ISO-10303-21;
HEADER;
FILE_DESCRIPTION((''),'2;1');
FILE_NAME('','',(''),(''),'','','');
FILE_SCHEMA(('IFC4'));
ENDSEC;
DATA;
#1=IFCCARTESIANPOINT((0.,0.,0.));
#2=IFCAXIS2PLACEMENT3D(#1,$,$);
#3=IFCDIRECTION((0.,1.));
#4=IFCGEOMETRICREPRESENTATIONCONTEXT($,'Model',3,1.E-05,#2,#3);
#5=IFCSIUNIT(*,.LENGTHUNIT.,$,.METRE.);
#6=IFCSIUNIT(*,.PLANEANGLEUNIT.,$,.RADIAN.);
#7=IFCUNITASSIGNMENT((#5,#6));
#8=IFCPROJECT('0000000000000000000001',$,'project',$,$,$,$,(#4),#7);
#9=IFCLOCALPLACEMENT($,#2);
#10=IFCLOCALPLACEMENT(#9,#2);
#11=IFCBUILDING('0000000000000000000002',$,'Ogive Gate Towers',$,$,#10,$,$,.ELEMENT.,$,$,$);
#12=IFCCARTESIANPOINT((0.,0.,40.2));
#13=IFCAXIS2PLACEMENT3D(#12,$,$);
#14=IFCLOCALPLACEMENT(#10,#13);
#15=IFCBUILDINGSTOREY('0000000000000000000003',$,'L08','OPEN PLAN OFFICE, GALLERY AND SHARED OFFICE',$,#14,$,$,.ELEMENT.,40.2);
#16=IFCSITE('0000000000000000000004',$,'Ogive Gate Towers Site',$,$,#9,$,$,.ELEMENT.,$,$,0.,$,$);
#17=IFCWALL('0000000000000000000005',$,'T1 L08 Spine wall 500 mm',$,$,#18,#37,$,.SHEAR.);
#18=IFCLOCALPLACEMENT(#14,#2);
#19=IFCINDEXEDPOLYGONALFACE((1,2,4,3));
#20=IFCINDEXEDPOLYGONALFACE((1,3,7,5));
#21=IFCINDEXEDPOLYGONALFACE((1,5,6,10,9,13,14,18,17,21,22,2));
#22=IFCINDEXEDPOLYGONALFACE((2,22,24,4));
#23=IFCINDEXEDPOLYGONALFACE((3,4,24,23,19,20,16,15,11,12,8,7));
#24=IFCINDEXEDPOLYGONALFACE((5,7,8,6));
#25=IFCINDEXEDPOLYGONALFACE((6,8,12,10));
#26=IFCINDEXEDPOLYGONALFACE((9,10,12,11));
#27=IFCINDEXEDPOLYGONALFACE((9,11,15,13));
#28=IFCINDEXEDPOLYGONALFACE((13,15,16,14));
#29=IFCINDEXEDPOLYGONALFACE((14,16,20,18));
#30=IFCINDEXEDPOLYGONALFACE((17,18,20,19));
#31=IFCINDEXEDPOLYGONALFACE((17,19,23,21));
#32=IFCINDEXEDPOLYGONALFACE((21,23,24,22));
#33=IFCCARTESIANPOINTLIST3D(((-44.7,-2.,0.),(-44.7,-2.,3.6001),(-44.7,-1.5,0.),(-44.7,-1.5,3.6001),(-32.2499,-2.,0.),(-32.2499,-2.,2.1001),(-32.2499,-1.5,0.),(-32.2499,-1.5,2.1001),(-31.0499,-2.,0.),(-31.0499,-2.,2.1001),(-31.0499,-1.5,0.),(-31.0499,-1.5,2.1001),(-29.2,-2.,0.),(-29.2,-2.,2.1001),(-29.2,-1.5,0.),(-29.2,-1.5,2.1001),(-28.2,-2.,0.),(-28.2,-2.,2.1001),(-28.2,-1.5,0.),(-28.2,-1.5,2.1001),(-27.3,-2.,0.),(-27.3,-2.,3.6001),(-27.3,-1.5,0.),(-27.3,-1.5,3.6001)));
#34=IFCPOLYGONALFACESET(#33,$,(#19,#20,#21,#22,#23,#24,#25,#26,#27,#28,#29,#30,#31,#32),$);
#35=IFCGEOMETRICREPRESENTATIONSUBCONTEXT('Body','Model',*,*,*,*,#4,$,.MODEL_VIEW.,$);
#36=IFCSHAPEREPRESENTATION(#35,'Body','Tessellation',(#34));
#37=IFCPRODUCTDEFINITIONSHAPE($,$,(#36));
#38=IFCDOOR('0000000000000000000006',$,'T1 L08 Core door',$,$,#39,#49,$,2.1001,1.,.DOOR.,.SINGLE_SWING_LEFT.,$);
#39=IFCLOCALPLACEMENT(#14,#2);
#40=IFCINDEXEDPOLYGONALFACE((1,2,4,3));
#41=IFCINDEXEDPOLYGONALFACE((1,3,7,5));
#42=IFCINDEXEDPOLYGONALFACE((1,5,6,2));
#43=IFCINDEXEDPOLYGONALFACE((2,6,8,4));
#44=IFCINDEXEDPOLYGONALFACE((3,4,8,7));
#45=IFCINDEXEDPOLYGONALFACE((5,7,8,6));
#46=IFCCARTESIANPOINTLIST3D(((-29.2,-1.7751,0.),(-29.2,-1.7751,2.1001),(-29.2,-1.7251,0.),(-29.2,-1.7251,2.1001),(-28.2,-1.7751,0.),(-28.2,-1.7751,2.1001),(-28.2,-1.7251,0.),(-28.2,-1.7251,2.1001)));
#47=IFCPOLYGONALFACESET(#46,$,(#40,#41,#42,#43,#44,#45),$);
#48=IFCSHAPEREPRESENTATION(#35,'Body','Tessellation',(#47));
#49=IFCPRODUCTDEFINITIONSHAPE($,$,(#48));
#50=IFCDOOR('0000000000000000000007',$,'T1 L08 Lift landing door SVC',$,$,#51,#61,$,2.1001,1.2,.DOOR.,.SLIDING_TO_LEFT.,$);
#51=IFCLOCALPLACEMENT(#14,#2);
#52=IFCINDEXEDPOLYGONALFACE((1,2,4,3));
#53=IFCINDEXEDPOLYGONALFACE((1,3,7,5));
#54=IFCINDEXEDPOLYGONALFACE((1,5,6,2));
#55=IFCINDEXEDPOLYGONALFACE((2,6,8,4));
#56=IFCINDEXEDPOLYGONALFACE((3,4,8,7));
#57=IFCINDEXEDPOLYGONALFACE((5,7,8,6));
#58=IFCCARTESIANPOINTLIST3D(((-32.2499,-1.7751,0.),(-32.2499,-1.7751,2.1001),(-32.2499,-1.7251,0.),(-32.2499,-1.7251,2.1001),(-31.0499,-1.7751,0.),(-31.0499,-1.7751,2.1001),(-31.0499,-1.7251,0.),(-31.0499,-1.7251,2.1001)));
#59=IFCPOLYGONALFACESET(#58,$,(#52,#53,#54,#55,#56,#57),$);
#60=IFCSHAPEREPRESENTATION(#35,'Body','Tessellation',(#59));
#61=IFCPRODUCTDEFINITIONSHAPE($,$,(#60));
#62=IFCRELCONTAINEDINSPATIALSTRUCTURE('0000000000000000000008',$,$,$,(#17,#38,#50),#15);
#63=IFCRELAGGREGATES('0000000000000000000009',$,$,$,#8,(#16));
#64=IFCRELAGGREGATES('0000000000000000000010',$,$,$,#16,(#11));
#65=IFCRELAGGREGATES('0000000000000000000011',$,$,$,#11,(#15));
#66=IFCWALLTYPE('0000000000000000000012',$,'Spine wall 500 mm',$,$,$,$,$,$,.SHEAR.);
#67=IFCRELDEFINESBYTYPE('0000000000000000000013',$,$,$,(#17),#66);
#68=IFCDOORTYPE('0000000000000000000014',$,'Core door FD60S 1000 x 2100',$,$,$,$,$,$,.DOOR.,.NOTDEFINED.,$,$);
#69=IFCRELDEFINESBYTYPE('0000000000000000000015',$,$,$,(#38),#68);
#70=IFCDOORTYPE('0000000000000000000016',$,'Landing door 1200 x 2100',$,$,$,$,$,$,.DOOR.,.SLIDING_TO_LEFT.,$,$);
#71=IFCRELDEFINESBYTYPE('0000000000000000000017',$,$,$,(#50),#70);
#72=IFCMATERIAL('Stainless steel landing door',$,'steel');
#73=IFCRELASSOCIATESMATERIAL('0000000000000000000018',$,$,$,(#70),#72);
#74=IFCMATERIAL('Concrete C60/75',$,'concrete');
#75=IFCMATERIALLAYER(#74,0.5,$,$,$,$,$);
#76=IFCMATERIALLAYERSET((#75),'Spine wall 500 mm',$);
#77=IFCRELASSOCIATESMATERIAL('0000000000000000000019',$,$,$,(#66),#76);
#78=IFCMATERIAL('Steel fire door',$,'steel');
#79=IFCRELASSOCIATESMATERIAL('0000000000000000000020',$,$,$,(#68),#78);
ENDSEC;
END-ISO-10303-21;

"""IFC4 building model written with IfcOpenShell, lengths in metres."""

from ifc_helpers import new_model, si_unit, direction, frame, frame_2d, origin, place, context, subcontext, project, spatial, rectangle, extrude, material, layer, layer_set, type_object, element, fill, save


model = new_model("IFC4")

# Units and contexts
model_context = context("Model", 3, precision=1e-05, world=origin(), true_north=direction((0.0, 1.0)))
body_context = subcontext(model_context, "Body", "Model", "MODEL_VIEW")
ifc_project = project(units=[si_unit("LENGTHUNIT", "METRE"), si_unit("PLANEANGLEUNIT", "RADIAN")], contexts=[model_context])

# Site, building, storey
site_placement = place(None, origin())
site = spatial("IfcSite", under=ifc_project, at=site_placement, Name="Ogive Gate Towers Site", CompositionType="ELEMENT", RefElevation=0.0)
building_placement = place(site_placement, origin())
building = spatial("IfcBuilding", under=site, at=building_placement, Name="Ogive Gate Towers", CompositionType="ELEMENT")
storey_placement = place(building_placement, frame((0.0, 0.0, 40.2)))
storey = spatial("IfcBuildingStorey", under=building, at=storey_placement, Name="L08", Description="OPEN PLAN OFFICE, GALLERY AND SHARED OFFICE", CompositionType="ELEMENT", Elevation=40.2)

# Shared definitions
ifc_material_1 = material(Name="Concrete C60/75", Category="concrete")
ifc_material_2 = material(Name="Steel fire door", Category="steel")

# Shared definitions
ifc_material_3 = material(Name="Stainless steel landing door", Category="steel")
door_type_1 = type_object("IfcDoorType", Name="Landing door 1200 x 2100", OperationType="SLIDING_TO_LEFT", PredefinedType="DOOR", material=ifc_material_3)

# Wall, openings, doors
ifc_layer_1 = layer(ifc_material_1, 0.5)
ifc_layer_set_1 = layer_set([ifc_layer_1], Name="Spine wall 500 mm")
wall_type_1 = type_object("IfcWallType", Name="Spine wall 500 mm", PredefinedType="SHEAR", material=ifc_layer_set_1)
wall_1_placement = place(storey_placement, frame((-44.7, -1.75, 0.0), z_axis=(0.0, 0.0, 1.0), x_axis=(1.0, 0.0, 0.0)))
wall_1 = element("IfcWall", 1, at=wall_1_placement, inside=storey, type_object=wall_type_1, Name="T1 L08 Spine wall 500 mm", PredefinedType="SHEAR", context=body_context, shape_type="SweptSolid", body=[
    extrude(rectangle(XDim=17.3999, YDim=0.5, at=frame_2d((8.7, 0.0))), origin(), (0.0, 0.0, 1.0), 3.6001),
])
opening_1_placement = place(wall_1_placement, frame((12.45, 0.0, 0.0)))
opening_1 = element("IfcOpeningElement", 2, at=opening_1_placement, cuts=wall_1, PredefinedType="OPENING", context=body_context, shape_type="SweptSolid", body=[
    extrude(rectangle(XDim=1.2, YDim=2.1001, at=frame_2d((0.6001, 1.05))), frame((0.0, 0.26, 0.0), z_axis=(0.0, -1.0, 0.0), x_axis=(1.0, 0.0, 0.0)), (0.0, 0.0, 1.0), 0.52),
])
opening_2_placement = place(wall_1_placement, frame((15.5, 0.0, 0.0)))
opening_2 = element("IfcOpeningElement", 3, at=opening_2_placement, cuts=wall_1, PredefinedType="OPENING", context=body_context, shape_type="SweptSolid", body=[
    extrude(rectangle(XDim=1.0, YDim=2.1001, at=frame_2d((0.5, 1.05))), frame((0.0, 0.26, 0.0), z_axis=(0.0, -1.0, 0.0), x_axis=(1.0, 0.0, 0.0)), (0.0, 0.0, 1.0), 0.52),
])
door_type_2 = type_object("IfcDoorType", Name="Core door FD60S 1000 x 2100", OperationType="NOTDEFINED", PredefinedType="DOOR", material=ifc_material_2)
door_1_placement = place(opening_2_placement, origin())
door_1 = element("IfcDoor", 4, at=door_1_placement, inside=storey, type_object=door_type_2, Name="T1 L08 Core door", OperationType="SINGLE_SWING_LEFT", OverallHeight=2.1001, OverallWidth=1.0, PredefinedType="DOOR", context=body_context, shape_type="SweptSolid", body=[
    extrude(rectangle(XDim=1.0, YDim=2.1001, at=frame_2d((0.5, 1.05))), frame((0.0, 0.0249, 0.0), z_axis=(0.0, -1.0, 0.0), x_axis=(1.0, 0.0, 0.0)), (0.0, 0.0, 1.0), 0.05),
])
fill(opening_2, door_1)
door_2_placement = place(opening_1_placement, origin())
door_2 = element("IfcDoor", 5, at=door_2_placement, inside=storey, type_object=door_type_1, Name="T1 L08 Lift landing door SVC", OperationType="SLIDING_TO_LEFT", OverallHeight=2.1001, OverallWidth=1.2, PredefinedType="DOOR", context=body_context, shape_type="SweptSolid", body=[
    extrude(rectangle(XDim=1.2, YDim=2.1001, at=frame_2d((0.6001, 1.05))), frame((0.0, 0.0249, 0.0), z_axis=(0.0, -1.0, 0.0), x_axis=(1.0, 0.0, 0.0)), (0.0, 0.0, 1.0), 0.05),
])
fill(opening_1, door_2)

save(model, "model.ifc")
